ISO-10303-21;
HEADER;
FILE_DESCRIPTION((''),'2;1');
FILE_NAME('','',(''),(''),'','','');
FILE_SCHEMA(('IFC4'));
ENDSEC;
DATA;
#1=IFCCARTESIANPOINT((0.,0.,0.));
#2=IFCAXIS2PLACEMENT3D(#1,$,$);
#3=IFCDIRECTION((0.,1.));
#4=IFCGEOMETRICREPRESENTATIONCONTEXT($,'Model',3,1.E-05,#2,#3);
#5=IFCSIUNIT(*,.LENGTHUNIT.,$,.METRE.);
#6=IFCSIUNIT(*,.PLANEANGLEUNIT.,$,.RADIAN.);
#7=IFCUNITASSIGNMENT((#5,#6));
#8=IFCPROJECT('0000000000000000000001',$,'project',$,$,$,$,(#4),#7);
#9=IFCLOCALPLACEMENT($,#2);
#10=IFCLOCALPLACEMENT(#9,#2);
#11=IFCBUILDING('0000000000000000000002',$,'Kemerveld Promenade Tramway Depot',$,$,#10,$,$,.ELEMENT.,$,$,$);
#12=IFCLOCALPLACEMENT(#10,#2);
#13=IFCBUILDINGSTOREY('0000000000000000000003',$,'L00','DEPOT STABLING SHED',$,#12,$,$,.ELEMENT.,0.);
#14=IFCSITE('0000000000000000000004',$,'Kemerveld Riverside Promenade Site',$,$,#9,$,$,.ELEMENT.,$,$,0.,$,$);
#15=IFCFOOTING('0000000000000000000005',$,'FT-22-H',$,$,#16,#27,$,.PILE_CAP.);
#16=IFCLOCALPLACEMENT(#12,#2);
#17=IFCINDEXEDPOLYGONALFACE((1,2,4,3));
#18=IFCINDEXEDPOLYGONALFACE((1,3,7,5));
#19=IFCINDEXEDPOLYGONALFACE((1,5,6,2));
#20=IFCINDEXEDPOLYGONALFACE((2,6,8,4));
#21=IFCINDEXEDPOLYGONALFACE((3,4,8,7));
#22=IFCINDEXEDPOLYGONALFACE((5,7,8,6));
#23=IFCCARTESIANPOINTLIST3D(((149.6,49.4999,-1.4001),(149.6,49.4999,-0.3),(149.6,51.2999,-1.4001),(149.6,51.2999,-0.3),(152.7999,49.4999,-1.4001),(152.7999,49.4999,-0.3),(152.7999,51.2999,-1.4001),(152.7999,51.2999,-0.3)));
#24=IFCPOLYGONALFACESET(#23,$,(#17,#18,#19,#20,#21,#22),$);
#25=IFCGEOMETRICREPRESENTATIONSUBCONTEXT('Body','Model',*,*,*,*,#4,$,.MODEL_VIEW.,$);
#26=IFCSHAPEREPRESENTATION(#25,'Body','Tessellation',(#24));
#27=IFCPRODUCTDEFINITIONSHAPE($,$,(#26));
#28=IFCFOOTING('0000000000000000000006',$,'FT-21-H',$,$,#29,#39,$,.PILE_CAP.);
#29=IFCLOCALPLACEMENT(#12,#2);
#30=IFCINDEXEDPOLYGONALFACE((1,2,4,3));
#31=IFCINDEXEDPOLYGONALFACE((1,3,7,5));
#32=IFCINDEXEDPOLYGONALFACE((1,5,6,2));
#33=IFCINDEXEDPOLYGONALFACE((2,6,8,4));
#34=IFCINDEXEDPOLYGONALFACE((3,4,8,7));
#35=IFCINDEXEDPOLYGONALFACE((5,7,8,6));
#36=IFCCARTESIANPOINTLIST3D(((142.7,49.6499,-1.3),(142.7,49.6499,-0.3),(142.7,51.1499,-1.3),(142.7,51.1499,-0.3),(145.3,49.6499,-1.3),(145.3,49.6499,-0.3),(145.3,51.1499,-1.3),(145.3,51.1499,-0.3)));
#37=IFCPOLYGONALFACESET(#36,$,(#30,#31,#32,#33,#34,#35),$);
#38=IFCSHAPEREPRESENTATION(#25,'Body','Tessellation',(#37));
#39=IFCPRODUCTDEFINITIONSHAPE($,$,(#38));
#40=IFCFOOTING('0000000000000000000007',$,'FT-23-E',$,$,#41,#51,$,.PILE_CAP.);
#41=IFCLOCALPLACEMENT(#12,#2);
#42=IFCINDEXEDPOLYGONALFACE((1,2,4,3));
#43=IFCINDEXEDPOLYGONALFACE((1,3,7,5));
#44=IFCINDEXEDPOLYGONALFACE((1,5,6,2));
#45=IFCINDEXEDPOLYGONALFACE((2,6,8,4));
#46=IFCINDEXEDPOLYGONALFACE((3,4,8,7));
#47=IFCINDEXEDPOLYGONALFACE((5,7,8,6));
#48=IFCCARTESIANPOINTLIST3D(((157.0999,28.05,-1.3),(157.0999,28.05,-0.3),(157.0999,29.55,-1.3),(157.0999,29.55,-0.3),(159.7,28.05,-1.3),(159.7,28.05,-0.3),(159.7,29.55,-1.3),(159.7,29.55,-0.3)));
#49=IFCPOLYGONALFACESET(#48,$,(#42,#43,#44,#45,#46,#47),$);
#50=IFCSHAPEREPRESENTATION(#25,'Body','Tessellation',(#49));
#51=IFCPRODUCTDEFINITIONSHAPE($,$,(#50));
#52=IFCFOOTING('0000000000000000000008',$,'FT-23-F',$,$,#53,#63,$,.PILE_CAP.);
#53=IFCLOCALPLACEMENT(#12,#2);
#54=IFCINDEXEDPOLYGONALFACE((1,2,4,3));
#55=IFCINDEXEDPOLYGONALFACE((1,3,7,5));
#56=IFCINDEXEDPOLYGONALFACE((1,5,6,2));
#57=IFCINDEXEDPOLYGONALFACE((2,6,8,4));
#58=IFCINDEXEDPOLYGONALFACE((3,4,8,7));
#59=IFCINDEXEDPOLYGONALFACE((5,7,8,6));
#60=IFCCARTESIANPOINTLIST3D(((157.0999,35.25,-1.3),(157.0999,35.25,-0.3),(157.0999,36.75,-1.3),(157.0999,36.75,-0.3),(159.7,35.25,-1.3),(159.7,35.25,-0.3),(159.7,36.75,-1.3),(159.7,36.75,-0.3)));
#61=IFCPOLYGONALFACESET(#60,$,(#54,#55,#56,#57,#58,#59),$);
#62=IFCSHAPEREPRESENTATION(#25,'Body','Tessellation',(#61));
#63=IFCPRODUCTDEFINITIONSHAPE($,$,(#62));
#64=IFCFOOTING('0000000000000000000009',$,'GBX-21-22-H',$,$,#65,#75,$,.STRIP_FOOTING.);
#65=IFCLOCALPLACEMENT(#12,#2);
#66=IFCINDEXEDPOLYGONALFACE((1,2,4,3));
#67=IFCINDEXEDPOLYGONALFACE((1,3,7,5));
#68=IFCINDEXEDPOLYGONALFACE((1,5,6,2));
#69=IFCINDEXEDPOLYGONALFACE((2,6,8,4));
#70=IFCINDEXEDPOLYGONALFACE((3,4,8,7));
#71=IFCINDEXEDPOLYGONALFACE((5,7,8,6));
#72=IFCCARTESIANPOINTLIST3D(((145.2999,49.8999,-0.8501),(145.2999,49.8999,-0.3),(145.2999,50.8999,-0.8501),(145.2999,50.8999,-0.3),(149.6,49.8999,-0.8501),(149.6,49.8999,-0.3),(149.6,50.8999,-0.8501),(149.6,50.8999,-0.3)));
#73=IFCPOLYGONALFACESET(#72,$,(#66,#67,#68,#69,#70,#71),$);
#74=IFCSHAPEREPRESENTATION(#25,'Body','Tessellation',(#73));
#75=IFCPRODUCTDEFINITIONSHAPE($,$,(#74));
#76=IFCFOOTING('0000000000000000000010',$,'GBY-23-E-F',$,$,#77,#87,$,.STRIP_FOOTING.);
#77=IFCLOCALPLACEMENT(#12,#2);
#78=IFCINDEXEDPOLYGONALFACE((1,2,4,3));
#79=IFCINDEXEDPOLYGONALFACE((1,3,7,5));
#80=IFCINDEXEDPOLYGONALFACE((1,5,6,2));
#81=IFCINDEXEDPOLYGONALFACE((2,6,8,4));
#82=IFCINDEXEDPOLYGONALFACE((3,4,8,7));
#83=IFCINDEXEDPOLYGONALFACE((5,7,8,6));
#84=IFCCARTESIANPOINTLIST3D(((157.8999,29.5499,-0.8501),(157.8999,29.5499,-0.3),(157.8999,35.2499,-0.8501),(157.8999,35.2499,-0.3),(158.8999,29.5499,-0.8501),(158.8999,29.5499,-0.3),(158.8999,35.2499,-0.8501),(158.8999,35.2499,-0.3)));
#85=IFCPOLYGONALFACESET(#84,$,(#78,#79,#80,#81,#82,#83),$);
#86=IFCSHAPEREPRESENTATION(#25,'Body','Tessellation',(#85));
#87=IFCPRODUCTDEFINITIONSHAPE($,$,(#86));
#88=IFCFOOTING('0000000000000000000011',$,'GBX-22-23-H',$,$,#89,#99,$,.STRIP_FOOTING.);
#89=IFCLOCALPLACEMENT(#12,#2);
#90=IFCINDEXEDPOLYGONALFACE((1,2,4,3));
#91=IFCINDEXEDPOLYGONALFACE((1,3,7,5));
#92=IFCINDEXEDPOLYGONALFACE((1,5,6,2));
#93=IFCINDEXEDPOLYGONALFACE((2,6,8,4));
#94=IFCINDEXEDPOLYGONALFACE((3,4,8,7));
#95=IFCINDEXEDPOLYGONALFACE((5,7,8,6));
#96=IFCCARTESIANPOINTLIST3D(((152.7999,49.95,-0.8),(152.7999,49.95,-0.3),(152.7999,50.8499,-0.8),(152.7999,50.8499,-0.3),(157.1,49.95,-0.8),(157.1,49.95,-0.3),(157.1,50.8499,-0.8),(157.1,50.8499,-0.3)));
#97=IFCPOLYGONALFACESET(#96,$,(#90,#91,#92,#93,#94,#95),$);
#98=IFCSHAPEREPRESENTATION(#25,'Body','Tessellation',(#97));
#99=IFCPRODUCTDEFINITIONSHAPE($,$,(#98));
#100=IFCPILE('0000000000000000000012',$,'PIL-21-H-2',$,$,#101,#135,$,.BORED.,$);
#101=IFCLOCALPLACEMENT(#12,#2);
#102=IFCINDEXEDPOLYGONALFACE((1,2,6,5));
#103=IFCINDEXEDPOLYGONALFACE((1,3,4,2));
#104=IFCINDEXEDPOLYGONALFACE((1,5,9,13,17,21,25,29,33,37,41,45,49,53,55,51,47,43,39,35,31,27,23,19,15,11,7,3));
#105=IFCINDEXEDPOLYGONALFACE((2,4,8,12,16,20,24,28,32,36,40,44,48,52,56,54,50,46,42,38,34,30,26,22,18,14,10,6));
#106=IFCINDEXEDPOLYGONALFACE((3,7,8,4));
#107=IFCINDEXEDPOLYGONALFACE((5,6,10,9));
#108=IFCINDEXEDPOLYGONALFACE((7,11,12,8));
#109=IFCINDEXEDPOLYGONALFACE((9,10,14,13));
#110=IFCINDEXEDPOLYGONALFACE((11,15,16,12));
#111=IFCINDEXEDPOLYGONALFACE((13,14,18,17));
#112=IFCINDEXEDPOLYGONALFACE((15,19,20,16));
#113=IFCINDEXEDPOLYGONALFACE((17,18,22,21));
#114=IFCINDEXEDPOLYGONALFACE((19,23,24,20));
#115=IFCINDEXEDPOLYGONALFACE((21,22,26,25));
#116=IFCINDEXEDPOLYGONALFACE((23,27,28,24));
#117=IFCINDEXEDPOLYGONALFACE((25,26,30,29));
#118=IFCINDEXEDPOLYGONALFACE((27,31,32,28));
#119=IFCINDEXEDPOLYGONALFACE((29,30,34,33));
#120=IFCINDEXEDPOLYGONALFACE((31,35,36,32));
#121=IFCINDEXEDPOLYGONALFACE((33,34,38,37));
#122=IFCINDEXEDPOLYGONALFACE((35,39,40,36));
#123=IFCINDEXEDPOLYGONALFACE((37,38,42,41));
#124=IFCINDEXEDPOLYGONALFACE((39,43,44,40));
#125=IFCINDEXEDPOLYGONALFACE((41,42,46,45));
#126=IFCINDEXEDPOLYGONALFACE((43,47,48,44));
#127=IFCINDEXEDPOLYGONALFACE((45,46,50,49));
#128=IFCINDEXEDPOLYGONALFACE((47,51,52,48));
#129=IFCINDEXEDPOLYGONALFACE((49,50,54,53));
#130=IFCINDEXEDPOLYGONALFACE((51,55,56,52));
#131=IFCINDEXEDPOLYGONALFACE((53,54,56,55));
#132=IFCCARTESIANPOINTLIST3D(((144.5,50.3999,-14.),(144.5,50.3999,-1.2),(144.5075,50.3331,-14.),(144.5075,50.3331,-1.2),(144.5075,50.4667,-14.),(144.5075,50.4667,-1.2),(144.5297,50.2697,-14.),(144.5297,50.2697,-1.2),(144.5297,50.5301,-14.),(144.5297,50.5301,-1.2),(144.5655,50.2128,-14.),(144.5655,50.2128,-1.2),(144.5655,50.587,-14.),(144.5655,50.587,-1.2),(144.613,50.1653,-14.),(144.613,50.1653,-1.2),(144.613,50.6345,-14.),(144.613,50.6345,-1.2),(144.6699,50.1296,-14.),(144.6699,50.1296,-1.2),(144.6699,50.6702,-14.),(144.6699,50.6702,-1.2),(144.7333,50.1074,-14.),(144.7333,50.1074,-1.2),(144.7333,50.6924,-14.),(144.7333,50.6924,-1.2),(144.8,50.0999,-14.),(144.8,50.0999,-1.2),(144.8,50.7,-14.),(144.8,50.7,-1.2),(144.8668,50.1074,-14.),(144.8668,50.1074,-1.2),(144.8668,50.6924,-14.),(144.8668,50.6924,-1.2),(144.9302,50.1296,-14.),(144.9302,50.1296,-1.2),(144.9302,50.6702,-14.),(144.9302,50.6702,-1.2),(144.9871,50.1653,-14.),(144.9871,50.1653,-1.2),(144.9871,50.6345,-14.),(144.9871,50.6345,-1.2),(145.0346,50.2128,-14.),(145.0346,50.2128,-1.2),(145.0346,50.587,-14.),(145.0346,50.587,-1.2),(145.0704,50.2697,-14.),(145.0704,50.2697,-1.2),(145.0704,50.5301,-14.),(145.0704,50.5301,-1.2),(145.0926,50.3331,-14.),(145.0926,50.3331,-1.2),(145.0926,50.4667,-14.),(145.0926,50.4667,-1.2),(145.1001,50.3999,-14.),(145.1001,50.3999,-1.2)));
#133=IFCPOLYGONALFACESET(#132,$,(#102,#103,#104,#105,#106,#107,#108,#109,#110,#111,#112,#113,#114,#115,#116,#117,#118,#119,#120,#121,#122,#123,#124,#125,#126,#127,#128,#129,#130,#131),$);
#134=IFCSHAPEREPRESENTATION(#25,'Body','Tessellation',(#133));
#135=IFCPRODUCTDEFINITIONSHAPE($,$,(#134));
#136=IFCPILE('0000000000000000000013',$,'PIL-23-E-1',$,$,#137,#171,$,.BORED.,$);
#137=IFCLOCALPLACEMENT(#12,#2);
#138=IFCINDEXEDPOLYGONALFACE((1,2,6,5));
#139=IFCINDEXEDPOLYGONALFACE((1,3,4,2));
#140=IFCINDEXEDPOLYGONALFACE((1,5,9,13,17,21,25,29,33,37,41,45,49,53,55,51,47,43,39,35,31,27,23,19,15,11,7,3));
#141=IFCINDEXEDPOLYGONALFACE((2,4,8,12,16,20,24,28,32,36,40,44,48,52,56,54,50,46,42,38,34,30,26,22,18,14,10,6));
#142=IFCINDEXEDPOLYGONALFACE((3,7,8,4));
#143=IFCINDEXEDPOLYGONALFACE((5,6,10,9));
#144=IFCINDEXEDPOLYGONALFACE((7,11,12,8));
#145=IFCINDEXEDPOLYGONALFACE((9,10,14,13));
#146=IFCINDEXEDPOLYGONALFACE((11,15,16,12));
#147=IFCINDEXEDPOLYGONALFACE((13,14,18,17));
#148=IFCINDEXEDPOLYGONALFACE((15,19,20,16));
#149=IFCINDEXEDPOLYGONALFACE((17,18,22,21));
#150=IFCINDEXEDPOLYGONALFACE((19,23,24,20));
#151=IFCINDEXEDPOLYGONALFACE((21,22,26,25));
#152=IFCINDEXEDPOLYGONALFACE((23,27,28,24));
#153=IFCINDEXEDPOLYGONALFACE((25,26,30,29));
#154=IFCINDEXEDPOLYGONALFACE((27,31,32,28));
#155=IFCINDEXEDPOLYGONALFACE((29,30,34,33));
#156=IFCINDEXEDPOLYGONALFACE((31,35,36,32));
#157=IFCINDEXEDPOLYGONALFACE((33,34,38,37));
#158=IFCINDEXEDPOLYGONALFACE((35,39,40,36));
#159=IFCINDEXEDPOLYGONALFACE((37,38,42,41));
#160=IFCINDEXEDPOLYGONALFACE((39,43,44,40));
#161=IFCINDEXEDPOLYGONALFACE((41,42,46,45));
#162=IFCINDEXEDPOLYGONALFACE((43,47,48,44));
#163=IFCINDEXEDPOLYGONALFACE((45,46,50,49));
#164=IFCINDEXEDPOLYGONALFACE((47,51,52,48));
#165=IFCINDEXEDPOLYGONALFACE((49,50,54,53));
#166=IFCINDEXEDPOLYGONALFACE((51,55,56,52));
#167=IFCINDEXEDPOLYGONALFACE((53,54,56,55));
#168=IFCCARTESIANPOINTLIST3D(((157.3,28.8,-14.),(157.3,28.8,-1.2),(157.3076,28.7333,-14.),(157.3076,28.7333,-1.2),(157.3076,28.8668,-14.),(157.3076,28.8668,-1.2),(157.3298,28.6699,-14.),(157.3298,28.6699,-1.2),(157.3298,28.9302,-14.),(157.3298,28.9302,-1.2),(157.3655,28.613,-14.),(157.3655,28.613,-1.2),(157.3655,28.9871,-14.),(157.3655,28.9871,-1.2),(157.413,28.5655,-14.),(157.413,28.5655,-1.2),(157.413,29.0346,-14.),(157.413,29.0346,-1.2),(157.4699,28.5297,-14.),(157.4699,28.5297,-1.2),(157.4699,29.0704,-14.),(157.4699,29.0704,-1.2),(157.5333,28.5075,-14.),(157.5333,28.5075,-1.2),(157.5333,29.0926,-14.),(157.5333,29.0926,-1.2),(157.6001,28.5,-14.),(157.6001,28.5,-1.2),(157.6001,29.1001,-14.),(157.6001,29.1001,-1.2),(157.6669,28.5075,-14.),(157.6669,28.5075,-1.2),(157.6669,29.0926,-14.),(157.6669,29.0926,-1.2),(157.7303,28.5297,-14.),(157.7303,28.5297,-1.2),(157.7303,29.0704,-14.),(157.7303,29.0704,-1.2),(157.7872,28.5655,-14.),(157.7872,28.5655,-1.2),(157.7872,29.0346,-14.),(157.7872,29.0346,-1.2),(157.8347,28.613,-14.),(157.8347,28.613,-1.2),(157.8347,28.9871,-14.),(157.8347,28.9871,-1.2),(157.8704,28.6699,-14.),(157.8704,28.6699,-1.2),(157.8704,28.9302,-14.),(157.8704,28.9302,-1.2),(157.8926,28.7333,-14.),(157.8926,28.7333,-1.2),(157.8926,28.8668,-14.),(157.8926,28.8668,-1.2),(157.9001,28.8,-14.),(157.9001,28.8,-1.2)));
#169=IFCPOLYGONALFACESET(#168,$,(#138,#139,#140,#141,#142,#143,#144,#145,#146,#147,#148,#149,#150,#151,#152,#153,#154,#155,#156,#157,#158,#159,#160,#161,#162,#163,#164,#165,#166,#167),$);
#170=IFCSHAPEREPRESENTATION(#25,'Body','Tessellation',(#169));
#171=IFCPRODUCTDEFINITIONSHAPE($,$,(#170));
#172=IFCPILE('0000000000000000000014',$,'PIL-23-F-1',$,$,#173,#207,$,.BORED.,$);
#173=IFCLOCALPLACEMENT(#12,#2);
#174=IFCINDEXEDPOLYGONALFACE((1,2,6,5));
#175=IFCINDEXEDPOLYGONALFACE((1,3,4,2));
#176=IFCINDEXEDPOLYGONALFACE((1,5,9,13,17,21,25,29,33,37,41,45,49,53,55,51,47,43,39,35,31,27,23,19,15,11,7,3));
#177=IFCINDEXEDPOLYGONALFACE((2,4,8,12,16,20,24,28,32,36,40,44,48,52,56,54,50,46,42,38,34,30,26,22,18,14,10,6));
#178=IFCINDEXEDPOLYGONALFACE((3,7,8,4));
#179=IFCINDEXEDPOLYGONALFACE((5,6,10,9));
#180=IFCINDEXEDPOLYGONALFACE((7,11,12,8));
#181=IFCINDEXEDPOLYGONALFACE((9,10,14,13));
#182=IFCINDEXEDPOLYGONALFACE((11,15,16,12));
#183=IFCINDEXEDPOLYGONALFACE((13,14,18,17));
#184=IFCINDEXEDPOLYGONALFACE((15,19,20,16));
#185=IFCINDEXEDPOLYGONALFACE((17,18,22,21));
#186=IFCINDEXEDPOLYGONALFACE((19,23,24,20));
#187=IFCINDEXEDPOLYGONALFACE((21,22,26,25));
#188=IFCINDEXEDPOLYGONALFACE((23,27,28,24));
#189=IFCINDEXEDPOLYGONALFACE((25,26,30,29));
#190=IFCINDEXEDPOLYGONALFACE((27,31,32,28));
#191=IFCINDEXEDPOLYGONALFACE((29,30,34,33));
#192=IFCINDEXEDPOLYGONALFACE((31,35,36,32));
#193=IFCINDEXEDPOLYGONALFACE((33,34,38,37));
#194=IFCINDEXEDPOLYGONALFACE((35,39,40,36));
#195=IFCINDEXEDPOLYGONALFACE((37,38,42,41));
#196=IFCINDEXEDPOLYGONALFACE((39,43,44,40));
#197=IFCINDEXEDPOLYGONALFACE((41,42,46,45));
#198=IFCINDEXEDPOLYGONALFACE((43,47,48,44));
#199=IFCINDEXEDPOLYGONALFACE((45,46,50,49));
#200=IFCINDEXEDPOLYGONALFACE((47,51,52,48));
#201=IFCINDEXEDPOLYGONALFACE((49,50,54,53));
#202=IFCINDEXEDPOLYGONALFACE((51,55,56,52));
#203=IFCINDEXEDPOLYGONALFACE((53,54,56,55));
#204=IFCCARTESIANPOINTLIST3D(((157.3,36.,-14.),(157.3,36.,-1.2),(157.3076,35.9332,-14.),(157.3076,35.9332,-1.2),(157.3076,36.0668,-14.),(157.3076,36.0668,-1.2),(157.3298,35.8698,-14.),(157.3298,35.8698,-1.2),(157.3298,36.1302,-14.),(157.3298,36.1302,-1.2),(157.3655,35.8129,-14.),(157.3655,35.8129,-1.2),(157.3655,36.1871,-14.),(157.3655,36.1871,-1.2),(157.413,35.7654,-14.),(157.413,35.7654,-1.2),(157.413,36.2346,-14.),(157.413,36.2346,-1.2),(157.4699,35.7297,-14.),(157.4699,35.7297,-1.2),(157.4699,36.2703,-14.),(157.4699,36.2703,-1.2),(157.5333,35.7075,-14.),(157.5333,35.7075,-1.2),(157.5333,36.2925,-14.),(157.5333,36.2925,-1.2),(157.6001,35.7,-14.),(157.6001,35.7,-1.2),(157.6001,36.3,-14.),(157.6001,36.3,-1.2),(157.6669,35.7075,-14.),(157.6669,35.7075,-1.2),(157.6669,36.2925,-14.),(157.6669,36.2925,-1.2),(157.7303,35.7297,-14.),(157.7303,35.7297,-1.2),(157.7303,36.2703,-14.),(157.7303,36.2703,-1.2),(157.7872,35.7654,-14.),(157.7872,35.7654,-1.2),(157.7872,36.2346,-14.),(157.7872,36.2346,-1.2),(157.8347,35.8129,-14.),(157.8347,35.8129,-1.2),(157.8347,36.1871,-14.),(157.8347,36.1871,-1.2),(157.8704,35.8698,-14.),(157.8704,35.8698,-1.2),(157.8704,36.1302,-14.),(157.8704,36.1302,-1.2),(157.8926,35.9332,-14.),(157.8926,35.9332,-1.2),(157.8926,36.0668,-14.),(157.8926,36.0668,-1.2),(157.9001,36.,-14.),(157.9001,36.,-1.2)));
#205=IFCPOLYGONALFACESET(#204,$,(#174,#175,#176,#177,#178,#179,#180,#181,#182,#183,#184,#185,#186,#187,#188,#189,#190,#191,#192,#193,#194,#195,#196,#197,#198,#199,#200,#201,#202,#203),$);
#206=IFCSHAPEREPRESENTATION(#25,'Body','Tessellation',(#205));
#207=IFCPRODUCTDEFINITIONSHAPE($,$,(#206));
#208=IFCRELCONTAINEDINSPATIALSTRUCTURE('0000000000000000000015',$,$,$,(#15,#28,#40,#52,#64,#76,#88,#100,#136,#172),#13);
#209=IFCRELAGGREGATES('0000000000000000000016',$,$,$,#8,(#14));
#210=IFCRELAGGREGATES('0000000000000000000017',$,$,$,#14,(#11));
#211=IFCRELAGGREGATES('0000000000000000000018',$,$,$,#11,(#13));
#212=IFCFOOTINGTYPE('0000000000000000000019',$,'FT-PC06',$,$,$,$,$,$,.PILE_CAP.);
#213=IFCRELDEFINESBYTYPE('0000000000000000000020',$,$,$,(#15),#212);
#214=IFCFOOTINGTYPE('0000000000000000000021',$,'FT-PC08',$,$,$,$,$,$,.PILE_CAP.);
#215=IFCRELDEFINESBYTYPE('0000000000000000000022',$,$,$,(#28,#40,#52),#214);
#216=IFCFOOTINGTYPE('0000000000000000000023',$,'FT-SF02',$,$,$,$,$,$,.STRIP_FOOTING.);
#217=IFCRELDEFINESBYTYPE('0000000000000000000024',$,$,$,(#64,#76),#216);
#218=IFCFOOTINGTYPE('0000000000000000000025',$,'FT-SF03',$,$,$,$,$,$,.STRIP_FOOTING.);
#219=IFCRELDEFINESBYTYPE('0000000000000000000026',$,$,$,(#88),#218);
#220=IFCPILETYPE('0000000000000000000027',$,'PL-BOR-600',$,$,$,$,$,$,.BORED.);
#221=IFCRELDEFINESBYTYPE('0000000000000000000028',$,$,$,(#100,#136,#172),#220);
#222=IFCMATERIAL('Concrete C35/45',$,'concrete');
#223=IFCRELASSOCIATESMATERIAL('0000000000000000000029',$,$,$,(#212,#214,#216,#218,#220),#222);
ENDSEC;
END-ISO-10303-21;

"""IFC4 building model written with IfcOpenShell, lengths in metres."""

from ifc_helpers import new_model, si_unit, direction, frame, origin, origin_2d, place, context, subcontext, project, spatial, rectangle, circle, extrude, material, material_profile, profile_set, type_object, element, save


model = new_model("IFC4")

# Units and contexts
model_context = context("Model", 3, precision=1e-05, world=origin(), true_north=direction((0.0, 1.0)))
body_context = subcontext(model_context, "Body", "Model", "MODEL_VIEW")
ifc_project = project(units=[si_unit("LENGTHUNIT", "METRE"), si_unit("PLANEANGLEUNIT", "RADIAN")], contexts=[model_context])

# Site, building, storey
site_placement = place(None, origin())
site = spatial("IfcSite", under=ifc_project, at=site_placement, Name="Kemerveld Riverside Promenade Site", CompositionType="ELEMENT", RefElevation=0.0)
building_placement = place(site_placement, origin())
building = spatial("IfcBuilding", under=site, at=building_placement, Name="Kemerveld Promenade Tramway Depot", CompositionType="ELEMENT")
storey_placement = place(building_placement, origin())
storey = spatial("IfcBuildingStorey", under=building, at=storey_placement, Name="L00", Description="DEPOT STABLING SHED", CompositionType="ELEMENT", Elevation=0.0)

# Footings
ifc_material_1 = material(Name="Concrete C35/45", Category="concrete")
footing_type_1 = type_object("IfcFootingType", Name="FT-PC06", PredefinedType="PILE_CAP", material=ifc_material_1)
footing_1_placement = place(storey_placement, frame((151.2, 50.3999, -1.4001), z_axis=(0.0, 0.0, 1.0), x_axis=(1.0, 0.0, 0.0)))
element("IfcFooting", 1, at=footing_1_placement, inside=storey, type_object=footing_type_1, Name="FT-22-H", PredefinedType="PILE_CAP", context=body_context, shape_type="SweptSolid", body=[
    extrude(rectangle(XDim=3.2, YDim=1.8, at=origin_2d()), origin(), (0.0, 0.0, 1.0), 1.1001),
])
footing_type_2 = type_object("IfcFootingType", Name="FT-PC08", PredefinedType="PILE_CAP", material=ifc_material_1)
for number, where, z_axis, x_axis, name in (
    (2, (144.0, 50.3999, -1.3), (0.0, 0.0, 1.0), (1.0, 0.0, 0.0), "FT-21-H"),
    (3, (158.3999, 28.8, -1.3), (0.0, 0.0, 1.0), (1.0, 0.0, 0.0), "FT-23-E"),
    (4, (158.3999, 36.0, -1.3), (0.0, 0.0, 1.0), (1.0, 0.0, 0.0), "FT-23-F"),
):
    element("IfcFooting", number, at=place(storey_placement, frame(where, z_axis=z_axis, x_axis=x_axis)), inside=storey, type_object=footing_type_2, Name=name, PredefinedType="PILE_CAP", context=body_context, shape_type="SweptSolid", body=[
        extrude(rectangle(XDim=2.6001, YDim=1.5, at=origin_2d()), origin(), (0.0, 0.0, 1.0), 1.0),
    ])
footing_type_3 = type_object("IfcFootingType", Name="FT-SF02", PredefinedType="STRIP_FOOTING", material=ifc_material_1)
footing_2_placement = place(storey_placement, frame((147.45, 50.3999, -0.8501), z_axis=(0.0, 0.0, 1.0), x_axis=(1.0, 0.0, 0.0)))
element("IfcFooting", 5, at=footing_2_placement, inside=storey, type_object=footing_type_3, Name="GBX-21-22-H", PredefinedType="STRIP_FOOTING", context=body_context, shape_type="SweptSolid", body=[
    extrude(rectangle(XDim=4.3, YDim=1.0, at=origin_2d()), origin(), (0.0, 0.0, 1.0), 0.55),
])
footing_3_placement = place(storey_placement, frame((158.3999, 32.3999, -0.8501), z_axis=(0.0, 0.0, 1.0), x_axis=(0.0, 1.0, 0.0)))
element("IfcFooting", 6, at=footing_3_placement, inside=storey, type_object=footing_type_3, Name="GBY-23-E-F", PredefinedType="STRIP_FOOTING", context=body_context, shape_type="SweptSolid", body=[
    extrude(rectangle(XDim=5.7, YDim=1.0, at=origin_2d()), origin(), (0.0, 0.0, 1.0), 0.55),
])
footing_type_4 = type_object("IfcFootingType", Name="FT-SF03", PredefinedType="STRIP_FOOTING", material=ifc_material_1)
footing_4_placement = place(storey_placement, frame((154.95, 50.3999, -0.8), z_axis=(0.0, 0.0, 1.0), x_axis=(1.0, 0.0, 0.0)))
element("IfcFooting", 7, at=footing_4_placement, inside=storey, type_object=footing_type_4, Name="GBX-22-23-H", PredefinedType="STRIP_FOOTING", context=body_context, shape_type="SweptSolid", body=[
    extrude(rectangle(XDim=4.3, YDim=0.8999, at=origin_2d()), origin(), (0.0, 0.0, 1.0), 0.5),
])

# Piles
ifc_material_profile_1 = material_profile(ifc_material_1, circle(Radius=0.3, at=origin_2d()), Name="PILE-D600")
ifc_profile_set_1 = profile_set([ifc_material_profile_1], Name="Concrete C35/45")
pile_type_1 = type_object("IfcPileType", Name="PL-BOR-600", PredefinedType="BORED", material=ifc_profile_set_1)
for number, where, z_axis, x_axis, name in (
    (8, (144.8, 50.3999, -1.2), (0.0, 0.0, -1.0), (1.0, 0.0, 0.0), "PIL-21-H-2"),
    (9, (157.6001, 28.8, -1.2), (0.0, 0.0, -1.0), (1.0, 0.0, 0.0), "PIL-23-E-1"),
    (10, (157.6001, 36.0, -1.2), (0.0, 0.0, -1.0), (1.0, 0.0, 0.0), "PIL-23-F-1"),
):
    element("IfcPile", number, at=place(storey_placement, frame(where, z_axis=z_axis, x_axis=x_axis)), inside=storey, type_object=pile_type_1, Name=name, PredefinedType="BORED", context=body_context, shape_type="SweptSolid", body=[
        extrude(circle(Radius=0.3, at=origin_2d()), origin(), (0.0, 0.0, 1.0), 12.8),
    ])

save(model, "model.ifc")
